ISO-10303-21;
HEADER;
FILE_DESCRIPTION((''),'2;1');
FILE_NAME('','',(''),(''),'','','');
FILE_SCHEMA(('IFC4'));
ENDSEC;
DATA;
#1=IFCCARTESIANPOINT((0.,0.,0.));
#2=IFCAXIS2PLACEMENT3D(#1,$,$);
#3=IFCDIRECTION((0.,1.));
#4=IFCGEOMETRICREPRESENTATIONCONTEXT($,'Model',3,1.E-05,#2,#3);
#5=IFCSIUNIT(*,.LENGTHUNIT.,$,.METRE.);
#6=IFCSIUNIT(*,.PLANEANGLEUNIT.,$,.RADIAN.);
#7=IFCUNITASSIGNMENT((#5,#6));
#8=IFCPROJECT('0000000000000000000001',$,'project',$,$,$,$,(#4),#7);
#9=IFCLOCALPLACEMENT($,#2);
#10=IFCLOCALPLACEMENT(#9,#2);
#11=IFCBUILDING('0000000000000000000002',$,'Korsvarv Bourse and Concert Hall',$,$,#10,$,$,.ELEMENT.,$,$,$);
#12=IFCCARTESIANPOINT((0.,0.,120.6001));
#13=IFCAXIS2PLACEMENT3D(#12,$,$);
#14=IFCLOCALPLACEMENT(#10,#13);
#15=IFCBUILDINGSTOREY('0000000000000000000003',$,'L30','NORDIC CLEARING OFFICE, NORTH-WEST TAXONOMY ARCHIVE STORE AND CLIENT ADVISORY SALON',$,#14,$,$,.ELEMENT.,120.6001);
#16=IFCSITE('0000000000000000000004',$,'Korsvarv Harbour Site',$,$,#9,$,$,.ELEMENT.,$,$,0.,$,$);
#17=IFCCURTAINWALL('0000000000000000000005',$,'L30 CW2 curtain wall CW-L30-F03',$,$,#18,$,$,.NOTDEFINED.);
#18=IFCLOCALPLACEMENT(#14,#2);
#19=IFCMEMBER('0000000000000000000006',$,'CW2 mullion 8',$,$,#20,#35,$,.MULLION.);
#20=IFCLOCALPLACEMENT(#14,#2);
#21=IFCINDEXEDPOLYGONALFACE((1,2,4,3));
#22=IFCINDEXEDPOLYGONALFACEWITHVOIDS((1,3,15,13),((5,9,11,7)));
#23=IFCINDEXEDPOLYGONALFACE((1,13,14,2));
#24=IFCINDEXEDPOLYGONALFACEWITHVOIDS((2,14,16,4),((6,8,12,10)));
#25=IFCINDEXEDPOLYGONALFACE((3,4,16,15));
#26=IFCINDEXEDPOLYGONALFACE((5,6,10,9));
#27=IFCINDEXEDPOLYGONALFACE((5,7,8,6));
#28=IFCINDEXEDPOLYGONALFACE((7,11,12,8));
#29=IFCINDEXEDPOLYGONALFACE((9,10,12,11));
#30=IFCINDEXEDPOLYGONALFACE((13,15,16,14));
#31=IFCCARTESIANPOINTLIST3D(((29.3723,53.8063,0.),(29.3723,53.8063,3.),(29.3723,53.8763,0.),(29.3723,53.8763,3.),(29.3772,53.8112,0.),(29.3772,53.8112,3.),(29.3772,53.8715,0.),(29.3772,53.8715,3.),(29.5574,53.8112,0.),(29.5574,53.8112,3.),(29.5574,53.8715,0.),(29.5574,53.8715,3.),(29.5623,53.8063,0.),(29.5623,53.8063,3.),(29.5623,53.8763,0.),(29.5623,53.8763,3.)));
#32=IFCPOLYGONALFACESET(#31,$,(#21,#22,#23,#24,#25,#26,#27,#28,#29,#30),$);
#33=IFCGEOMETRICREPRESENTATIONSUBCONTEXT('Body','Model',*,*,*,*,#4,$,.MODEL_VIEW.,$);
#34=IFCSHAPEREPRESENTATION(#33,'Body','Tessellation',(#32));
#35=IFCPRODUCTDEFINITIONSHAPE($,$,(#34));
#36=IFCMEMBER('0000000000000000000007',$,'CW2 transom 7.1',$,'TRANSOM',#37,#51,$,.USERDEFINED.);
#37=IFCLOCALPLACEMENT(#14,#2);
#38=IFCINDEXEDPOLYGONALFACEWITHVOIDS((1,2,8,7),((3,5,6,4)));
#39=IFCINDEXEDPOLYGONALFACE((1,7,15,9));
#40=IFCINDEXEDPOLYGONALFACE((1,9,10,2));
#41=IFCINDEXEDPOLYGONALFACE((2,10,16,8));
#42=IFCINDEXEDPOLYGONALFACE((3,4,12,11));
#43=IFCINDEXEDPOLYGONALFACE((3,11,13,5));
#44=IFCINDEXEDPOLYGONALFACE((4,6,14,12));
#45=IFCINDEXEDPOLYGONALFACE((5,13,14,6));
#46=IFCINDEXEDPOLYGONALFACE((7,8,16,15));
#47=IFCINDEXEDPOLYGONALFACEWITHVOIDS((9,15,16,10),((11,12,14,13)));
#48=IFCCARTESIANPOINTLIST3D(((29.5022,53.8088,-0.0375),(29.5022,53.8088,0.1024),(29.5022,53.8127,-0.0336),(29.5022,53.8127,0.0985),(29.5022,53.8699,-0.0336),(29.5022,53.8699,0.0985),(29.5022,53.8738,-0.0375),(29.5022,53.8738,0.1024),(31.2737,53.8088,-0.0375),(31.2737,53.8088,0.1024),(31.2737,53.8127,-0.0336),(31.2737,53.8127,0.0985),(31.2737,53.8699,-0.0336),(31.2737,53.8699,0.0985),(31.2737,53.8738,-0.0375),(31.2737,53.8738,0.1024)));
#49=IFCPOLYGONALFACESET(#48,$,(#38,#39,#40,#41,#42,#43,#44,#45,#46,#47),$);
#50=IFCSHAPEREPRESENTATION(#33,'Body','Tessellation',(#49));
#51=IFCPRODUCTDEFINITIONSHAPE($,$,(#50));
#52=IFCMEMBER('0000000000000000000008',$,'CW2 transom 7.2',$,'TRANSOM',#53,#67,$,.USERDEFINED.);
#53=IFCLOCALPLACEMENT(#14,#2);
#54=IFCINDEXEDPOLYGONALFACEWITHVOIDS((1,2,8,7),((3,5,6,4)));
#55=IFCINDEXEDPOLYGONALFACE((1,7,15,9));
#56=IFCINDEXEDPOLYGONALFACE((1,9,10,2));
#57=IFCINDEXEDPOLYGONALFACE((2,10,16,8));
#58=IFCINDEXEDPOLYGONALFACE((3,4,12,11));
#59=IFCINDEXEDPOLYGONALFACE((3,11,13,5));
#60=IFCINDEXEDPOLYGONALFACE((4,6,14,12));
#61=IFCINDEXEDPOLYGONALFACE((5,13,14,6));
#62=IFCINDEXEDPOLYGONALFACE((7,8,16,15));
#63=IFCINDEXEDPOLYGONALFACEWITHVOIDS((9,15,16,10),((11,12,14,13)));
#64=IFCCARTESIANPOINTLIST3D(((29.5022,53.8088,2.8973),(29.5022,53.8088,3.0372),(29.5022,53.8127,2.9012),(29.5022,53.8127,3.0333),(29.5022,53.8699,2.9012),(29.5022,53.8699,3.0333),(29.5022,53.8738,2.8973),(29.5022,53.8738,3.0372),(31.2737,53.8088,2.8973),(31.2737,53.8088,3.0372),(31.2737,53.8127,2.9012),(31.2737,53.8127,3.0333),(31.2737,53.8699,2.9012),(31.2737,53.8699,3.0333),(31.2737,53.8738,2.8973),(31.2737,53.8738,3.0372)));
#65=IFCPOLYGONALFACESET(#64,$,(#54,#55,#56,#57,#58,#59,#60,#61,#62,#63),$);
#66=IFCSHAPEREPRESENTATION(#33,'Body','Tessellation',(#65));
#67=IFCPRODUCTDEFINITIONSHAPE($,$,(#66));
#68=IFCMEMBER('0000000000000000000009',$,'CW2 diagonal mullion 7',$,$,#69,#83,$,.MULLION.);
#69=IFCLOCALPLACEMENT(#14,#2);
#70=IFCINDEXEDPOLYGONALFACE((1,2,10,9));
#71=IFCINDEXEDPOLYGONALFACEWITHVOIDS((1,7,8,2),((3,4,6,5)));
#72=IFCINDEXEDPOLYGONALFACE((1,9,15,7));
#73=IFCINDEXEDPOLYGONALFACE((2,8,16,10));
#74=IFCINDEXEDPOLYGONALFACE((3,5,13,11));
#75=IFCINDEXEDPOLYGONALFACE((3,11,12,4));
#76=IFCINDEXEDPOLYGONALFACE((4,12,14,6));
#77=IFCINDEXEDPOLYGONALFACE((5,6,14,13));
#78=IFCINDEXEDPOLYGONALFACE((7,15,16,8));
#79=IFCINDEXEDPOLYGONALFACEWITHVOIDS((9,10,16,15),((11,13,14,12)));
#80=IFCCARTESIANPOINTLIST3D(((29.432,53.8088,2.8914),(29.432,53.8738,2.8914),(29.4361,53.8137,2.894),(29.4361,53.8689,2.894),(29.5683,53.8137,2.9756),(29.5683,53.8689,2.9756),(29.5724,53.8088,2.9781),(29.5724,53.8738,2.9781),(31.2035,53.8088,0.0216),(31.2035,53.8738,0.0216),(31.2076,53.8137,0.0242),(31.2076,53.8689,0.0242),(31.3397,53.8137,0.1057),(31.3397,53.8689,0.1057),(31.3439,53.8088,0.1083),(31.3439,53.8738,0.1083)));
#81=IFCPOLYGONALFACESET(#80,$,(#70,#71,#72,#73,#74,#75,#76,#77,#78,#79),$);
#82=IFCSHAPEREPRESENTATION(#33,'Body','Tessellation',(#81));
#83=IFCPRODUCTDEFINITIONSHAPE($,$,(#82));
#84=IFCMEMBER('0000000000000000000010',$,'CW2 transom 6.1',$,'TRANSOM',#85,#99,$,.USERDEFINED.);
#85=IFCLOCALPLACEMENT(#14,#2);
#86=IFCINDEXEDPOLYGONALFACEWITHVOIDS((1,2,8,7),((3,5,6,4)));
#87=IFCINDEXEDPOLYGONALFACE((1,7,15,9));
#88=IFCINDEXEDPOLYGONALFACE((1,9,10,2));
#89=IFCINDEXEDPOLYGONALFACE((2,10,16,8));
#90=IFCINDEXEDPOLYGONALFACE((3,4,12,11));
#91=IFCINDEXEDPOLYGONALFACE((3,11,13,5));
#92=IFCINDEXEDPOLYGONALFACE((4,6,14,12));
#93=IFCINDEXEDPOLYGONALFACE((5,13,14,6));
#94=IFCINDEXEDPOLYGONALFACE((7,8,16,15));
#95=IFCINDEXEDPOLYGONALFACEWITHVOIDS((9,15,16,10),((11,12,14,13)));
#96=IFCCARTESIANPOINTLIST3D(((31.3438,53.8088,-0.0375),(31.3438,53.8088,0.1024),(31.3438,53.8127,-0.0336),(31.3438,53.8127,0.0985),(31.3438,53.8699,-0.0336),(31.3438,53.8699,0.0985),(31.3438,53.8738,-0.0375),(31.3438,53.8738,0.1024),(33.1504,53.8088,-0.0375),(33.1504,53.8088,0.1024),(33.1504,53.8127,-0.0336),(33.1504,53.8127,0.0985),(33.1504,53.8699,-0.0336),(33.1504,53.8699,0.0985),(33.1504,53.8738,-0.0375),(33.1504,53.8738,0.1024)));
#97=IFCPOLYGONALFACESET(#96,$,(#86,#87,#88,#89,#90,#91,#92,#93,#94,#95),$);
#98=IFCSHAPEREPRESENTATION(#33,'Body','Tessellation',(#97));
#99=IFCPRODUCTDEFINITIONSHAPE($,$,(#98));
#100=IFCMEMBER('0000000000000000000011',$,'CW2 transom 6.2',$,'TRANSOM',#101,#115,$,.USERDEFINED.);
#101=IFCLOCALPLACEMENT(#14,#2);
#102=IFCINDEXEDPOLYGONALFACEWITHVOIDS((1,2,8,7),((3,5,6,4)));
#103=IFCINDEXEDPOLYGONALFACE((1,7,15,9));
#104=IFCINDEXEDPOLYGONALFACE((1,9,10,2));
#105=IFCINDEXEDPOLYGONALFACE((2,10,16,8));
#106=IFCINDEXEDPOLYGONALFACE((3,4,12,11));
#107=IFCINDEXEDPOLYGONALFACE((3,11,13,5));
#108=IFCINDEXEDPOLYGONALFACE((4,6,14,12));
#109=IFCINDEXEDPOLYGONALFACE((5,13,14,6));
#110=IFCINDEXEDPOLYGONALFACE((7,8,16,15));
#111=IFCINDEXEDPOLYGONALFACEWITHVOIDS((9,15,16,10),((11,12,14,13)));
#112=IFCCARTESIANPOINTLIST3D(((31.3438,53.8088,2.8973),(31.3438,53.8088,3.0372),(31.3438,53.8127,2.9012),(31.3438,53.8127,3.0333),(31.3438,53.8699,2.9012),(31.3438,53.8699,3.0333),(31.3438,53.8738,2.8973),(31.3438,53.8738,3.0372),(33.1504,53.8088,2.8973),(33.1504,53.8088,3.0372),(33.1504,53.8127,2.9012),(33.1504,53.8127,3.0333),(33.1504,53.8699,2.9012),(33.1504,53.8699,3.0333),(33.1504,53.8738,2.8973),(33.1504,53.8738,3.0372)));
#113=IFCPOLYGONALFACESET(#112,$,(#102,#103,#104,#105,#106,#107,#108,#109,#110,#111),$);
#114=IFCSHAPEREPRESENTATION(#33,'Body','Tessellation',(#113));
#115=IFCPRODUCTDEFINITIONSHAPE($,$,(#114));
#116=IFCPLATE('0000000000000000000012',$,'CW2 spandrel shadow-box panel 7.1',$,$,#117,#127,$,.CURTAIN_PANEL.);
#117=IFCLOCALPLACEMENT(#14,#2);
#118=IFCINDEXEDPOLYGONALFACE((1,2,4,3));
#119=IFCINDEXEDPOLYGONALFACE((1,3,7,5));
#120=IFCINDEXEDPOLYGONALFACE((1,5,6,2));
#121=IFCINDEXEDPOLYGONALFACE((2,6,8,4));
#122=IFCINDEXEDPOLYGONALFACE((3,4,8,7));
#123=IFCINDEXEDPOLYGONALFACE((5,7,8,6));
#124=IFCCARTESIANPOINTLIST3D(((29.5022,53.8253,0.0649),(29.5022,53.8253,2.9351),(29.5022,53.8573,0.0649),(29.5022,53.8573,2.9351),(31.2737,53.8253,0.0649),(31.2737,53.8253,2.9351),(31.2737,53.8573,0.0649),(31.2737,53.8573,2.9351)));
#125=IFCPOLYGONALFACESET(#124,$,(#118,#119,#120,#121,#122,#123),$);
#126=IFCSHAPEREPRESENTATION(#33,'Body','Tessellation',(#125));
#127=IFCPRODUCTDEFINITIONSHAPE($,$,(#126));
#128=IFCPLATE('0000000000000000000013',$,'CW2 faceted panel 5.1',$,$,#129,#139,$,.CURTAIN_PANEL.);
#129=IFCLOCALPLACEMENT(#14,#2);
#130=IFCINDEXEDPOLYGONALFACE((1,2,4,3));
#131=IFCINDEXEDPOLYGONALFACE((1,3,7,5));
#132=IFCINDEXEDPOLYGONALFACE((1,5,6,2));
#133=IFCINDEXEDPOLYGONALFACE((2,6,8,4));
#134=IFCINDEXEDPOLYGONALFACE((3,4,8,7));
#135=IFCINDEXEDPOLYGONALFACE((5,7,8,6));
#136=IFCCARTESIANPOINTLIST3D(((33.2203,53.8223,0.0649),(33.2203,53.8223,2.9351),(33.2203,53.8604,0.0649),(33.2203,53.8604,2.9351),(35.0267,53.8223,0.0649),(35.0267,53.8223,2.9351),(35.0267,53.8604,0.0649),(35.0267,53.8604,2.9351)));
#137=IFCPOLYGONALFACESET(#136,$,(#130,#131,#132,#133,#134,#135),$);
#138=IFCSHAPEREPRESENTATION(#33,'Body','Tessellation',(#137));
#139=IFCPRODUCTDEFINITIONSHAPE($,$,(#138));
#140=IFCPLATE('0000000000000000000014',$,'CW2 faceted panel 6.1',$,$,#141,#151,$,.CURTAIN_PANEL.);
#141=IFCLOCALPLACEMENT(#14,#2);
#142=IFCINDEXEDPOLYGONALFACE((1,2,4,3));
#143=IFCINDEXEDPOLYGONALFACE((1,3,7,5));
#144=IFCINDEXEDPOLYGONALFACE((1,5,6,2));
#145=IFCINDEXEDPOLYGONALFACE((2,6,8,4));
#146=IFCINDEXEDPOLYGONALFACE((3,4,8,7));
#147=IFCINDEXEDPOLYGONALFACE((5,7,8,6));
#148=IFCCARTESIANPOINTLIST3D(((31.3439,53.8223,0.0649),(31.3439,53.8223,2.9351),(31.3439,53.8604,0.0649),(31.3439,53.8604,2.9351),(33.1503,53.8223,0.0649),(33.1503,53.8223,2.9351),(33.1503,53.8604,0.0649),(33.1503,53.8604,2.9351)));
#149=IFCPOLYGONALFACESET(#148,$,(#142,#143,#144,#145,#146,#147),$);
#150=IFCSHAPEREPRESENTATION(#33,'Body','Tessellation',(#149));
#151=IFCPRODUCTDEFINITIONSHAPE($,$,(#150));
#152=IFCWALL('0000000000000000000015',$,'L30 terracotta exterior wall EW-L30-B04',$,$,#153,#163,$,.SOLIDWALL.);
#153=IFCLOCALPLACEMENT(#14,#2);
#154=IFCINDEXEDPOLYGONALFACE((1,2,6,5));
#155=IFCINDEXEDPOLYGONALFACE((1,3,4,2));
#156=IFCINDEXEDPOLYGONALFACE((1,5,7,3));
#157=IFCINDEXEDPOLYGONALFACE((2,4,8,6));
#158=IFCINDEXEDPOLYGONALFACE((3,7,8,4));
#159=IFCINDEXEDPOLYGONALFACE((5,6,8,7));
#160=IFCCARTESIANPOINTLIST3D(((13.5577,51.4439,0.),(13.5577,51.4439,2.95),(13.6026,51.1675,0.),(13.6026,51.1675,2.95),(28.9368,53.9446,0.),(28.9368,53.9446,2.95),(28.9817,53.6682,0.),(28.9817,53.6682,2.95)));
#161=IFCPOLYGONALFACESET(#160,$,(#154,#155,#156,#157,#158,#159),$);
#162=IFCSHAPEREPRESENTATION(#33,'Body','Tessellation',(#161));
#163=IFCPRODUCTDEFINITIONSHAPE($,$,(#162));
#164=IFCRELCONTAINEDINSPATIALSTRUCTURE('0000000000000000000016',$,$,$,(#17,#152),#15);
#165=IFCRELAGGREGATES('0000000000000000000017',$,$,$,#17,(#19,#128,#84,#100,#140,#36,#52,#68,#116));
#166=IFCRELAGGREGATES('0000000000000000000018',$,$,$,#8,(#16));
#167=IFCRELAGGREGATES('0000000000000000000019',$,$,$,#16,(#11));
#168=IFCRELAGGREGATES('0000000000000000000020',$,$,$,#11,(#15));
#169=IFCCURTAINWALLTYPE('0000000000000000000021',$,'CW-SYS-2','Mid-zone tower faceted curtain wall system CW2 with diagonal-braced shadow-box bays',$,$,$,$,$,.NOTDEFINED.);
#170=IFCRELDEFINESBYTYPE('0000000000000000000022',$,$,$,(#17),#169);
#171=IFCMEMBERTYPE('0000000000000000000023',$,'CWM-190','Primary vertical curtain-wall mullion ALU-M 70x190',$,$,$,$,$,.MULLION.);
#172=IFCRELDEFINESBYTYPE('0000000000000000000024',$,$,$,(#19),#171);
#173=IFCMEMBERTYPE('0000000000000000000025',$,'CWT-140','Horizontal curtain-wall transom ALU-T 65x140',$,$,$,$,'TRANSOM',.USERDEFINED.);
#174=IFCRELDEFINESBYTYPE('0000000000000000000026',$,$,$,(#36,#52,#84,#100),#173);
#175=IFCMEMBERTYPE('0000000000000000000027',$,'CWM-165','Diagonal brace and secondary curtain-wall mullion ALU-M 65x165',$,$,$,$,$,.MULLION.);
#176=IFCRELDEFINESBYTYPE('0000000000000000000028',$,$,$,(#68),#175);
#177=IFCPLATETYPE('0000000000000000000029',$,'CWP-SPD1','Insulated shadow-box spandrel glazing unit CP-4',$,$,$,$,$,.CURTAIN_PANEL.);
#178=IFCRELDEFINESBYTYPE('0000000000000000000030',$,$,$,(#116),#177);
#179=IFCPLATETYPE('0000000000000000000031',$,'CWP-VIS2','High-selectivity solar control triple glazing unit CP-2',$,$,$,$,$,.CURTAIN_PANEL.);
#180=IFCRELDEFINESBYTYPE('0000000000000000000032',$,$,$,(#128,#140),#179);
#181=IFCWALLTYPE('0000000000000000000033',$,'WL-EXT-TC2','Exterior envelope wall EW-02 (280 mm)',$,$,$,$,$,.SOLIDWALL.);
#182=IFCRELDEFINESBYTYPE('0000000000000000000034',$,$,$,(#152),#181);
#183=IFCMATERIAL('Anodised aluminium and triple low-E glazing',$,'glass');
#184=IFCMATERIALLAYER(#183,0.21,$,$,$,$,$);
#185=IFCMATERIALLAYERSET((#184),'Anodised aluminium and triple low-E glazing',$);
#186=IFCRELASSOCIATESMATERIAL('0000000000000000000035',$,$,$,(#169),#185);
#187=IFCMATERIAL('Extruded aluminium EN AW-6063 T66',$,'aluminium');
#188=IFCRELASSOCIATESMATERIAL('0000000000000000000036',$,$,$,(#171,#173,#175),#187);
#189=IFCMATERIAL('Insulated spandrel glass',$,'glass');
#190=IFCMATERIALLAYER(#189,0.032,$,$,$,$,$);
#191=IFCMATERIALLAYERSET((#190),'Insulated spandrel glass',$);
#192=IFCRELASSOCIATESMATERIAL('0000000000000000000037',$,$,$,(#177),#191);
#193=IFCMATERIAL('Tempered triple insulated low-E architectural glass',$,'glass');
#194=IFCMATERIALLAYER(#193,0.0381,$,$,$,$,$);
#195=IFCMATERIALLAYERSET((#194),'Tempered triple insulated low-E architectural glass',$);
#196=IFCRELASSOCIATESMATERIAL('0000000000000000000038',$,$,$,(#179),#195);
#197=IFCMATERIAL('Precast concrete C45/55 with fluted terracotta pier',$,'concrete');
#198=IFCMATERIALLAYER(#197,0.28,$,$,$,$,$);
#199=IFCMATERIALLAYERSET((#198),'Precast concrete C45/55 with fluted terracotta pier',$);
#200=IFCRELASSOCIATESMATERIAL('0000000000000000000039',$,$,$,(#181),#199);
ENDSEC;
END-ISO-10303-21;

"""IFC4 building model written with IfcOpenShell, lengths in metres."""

from ifc_helpers import new_model, si_unit, direction, frame, frame_2d, origin, origin_2d, place, context, subcontext, project, spatial, rectangle, hollow_rectangle, extrude, source, transform, mapped, material, layer, layer_set, material_profile, profile_set, type_object, element, aggregate, save


model = new_model("IFC4")

# Units and contexts
model_context = context("Model", 3, precision=1e-05, world=origin(), true_north=direction((0.0, 1.0)))
body_context = subcontext(model_context, "Body", "Model", "MODEL_VIEW")
ifc_project = project(units=[si_unit("LENGTHUNIT", "METRE"), si_unit("PLANEANGLEUNIT", "RADIAN")], contexts=[model_context])

# Site, building, storey
site_placement = place(None, origin())
site = spatial("IfcSite", under=ifc_project, at=site_placement, Name="Korsvarv Harbour Site", CompositionType="ELEMENT", RefElevation=0.0)
building_placement = place(site_placement, origin())
building = spatial("IfcBuilding", under=site, at=building_placement, Name="Korsvarv Bourse and Concert Hall", CompositionType="ELEMENT")
storey_placement = place(building_placement, frame((0.0, 0.0, 120.6001)))
storey = spatial("IfcBuildingStorey", under=building, at=storey_placement, Name="L30", Description="NORDIC CLEARING OFFICE, NORTH-WEST TAXONOMY ARCHIVE STORE AND CLIENT ADVISORY SALON", CompositionType="ELEMENT", Elevation=120.6001)

# Curtain wall, members, plates
ifc_material_1 = material(Name="Anodised aluminium and triple low-E glazing", Category="glass")
ifc_layer_1 = layer(ifc_material_1, 0.21)
ifc_layer_set_1 = layer_set([ifc_layer_1], Name="Anodised aluminium and triple low-E glazing")
curtain_wall_type = type_object("IfcCurtainWallType", Name="CW-SYS-2", Description="Mid-zone tower faceted curtain wall system CW2 with diagonal-braced shadow-box bays", PredefinedType="NOTDEFINED", material=ifc_layer_set_1)
curtain_wall_placement = place(storey_placement, origin())
curtain_wall = element("IfcCurtainWall", 1, at=curtain_wall_placement, inside=storey, type_object=curtain_wall_type, Name="L30 CW2 curtain wall CW-L30-F03", PredefinedType="NOTDEFINED")
ifc_material_2 = material(Name="Extruded aluminium EN AW-6063 T66", Category="aluminium")
ifc_material_profile_1 = material_profile(ifc_material_2, hollow_rectangle(XDim=0.0701, YDim=0.1899, WallThickness=0.0049, at=origin_2d()), Name="ALU-M 70x190")
ifc_profile_set_1 = profile_set([ifc_material_profile_1], Name="Extruded aluminium EN AW-6063 T66")
member_type_1 = type_object("IfcMemberType", Name="CWM-190", Description="Primary vertical curtain-wall mullion ALU-M 70x190", PredefinedType="MULLION", material=ifc_profile_set_1)
shared_shape_1 = source(origin(), body_context, "Body", "SweptSolid", [
    extrude(hollow_rectangle(XDim=0.0701, YDim=0.1899, WallThickness=0.0049, at=origin_2d()), origin(), (0.0, 0.0, 1.0), 3.0),
])
member_1_placement = place(storey_placement, frame((29.4673, 53.8413, 0.0), z_axis=(0.0, 0.0, 1.0), x_axis=(0.0, -1.0, 0.0)))
member_1 = element("IfcMember", 2, at=member_1_placement, type_object=member_type_1, Name="CW2 mullion 8", PredefinedType="MULLION", context=body_context, shape_type="MappedRepresentation", body=[
    mapped(shared_shape_1, transform((0.0, 0.0, 0.0), scale=1.0)),
])
ifc_material_profile_2 = material_profile(ifc_material_2, hollow_rectangle(XDim=0.0649, YDim=0.1399, WallThickness=0.0039, at=origin_2d()), Name="ALU-T 65x140")
ifc_profile_set_2 = profile_set([ifc_material_profile_2], Name="Extruded aluminium EN AW-6063 T66")
member_type_2 = type_object("IfcMemberType", Name="CWT-140", Description="Horizontal curtain-wall transom ALU-T 65x140", ElementType="TRANSOM", PredefinedType="USERDEFINED", material=ifc_profile_set_2)
shared_shape_2 = source(origin(), body_context, "Body", "SweptSolid", [
    extrude(hollow_rectangle(XDim=0.0649, YDim=0.1399, WallThickness=0.0039, at=origin_2d()), origin(), (0.0, 0.0, 1.0), 1.7715),
])
member_2_placement = place(storey_placement, frame((31.2737, 53.8413, 0.0325), z_axis=(-1.0, 0.0, 0.0), x_axis=(0.0, -1.0, 0.0)))
member_2 = element("IfcMember", 3, at=member_2_placement, type_object=member_type_2, Name="CW2 transom 7.1", ObjectType="TRANSOM", PredefinedType="USERDEFINED", context=body_context, shape_type="MappedRepresentation", body=[
    mapped(shared_shape_2, transform((0.0, 0.0, 0.0), scale=1.0)),
])
member_3_placement = place(storey_placement, frame((31.2737, 53.8413, 2.9673), z_axis=(-1.0, 0.0, 0.0), x_axis=(0.0, -1.0, 0.0)))
member_3 = element("IfcMember", 4, at=member_3_placement, type_object=member_type_2, Name="CW2 transom 7.2", ObjectType="TRANSOM", PredefinedType="USERDEFINED", context=body_context, shape_type="MappedRepresentation", body=[
    mapped(shared_shape_2, transform((0.0, 0.0, 0.0), scale=1.0)),
])
ifc_material_profile_3 = material_profile(ifc_material_2, hollow_rectangle(XDim=0.0649, YDim=0.165, WallThickness=0.0049, at=origin_2d()), Name="ALU-M 65x165")
ifc_profile_set_3 = profile_set([ifc_material_profile_3], Name="Extruded aluminium EN AW-6063 T66")
member_type_3 = type_object("IfcMemberType", Name="CWM-165", Description="Diagonal brace and secondary curtain-wall mullion ALU-M 65x165", PredefinedType="MULLION", material=ifc_profile_set_3)
shared_shape_3 = source(origin(), body_context, "Body", "SweptSolid", [
    extrude(hollow_rectangle(XDim=0.0649, YDim=0.165, WallThickness=0.0049, at=origin_2d()), origin(), (0.0, 0.0, 1.0), 3.3726),
])
member_4_placement = place(storey_placement, frame((31.2737, 53.8413, 0.0649), z_axis=(-0.52526, 0.0, 0.850942), x_axis=(0.0, -1.0, 0.0)))
member_4 = element("IfcMember", 5, at=member_4_placement, type_object=member_type_3, Name="CW2 diagonal mullion 7", PredefinedType="MULLION", context=body_context, shape_type="MappedRepresentation", body=[
    mapped(shared_shape_3, transform((0.0, 0.0, 0.0), scale=1.0)),
])
shared_shape_4 = source(origin(), body_context, "Body", "SweptSolid", [
    extrude(hollow_rectangle(XDim=0.0649, YDim=0.1399, WallThickness=0.0039, at=origin_2d()), origin(), (0.0, 0.0, 1.0), 1.8066),
])
member_5_placement = place(storey_placement, frame((33.1504, 53.8413, 0.0325), z_axis=(-1.0, 0.0, 0.0), x_axis=(0.0, -1.0, 0.0)))
member_5 = element("IfcMember", 6, at=member_5_placement, type_object=member_type_2, Name="CW2 transom 6.1", ObjectType="TRANSOM", PredefinedType="USERDEFINED", context=body_context, shape_type="MappedRepresentation", body=[
    mapped(shared_shape_4, transform((0.0, 0.0, 0.0), scale=1.0)),
])
member_6_placement = place(storey_placement, frame((33.1504, 53.8413, 2.9673), z_axis=(-1.0, 0.0, 0.0), x_axis=(0.0, -1.0, 0.0)))
member_6 = element("IfcMember", 7, at=member_6_placement, type_object=member_type_2, Name="CW2 transom 6.2", ObjectType="TRANSOM", PredefinedType="USERDEFINED", context=body_context, shape_type="MappedRepresentation", body=[
    mapped(shared_shape_4, transform((0.0, 0.0, 0.0), scale=1.0)),
])
ifc_material_3 = material(Name="Insulated spandrel glass", Category="glass")
ifc_layer_2 = layer(ifc_material_3, 0.032)
ifc_layer_set_2 = layer_set([ifc_layer_2], Name="Insulated spandrel glass")
plate_type_1 = type_object("IfcPlateType", Name="CWP-SPD1", Description="Insulated shadow-box spandrel glazing unit CP-4", PredefinedType="CURTAIN_PANEL", material=ifc_layer_set_2)
shared_shape_5 = source(origin(), body_context, "Body", "SweptSolid", [
    extrude(rectangle(XDim=1.7715, YDim=0.032, at=origin_2d()), origin(), (0.0, 0.0, 1.0), 2.8701),
])
plate_1_placement = place(storey_placement, frame((30.3879, 53.8413, 0.0649), z_axis=(0.0, 0.0, 1.0), x_axis=(-1.0, 0.0, 0.0)))
plate_1 = element("IfcPlate", 8, at=plate_1_placement, type_object=plate_type_1, Name="CW2 spandrel shadow-box panel 7.1", PredefinedType="CURTAIN_PANEL", context=body_context, shape_type="MappedRepresentation", body=[
    mapped(shared_shape_5, transform((0.0, 0.0, 0.0), scale=1.0)),
])
ifc_material_4 = material(Name="Tempered triple insulated low-E architectural glass", Category="glass")
ifc_layer_3 = layer(ifc_material_4, 0.0381)
ifc_layer_set_3 = layer_set([ifc_layer_3], Name="Tempered triple insulated low-E architectural glass")
plate_type_2 = type_object("IfcPlateType", Name="CWP-VIS2", Description="High-selectivity solar control triple glazing unit CP-2", PredefinedType="CURTAIN_PANEL", material=ifc_layer_set_3)
shared_shape_6 = source(origin(), body_context, "Body", "SweptSolid", [
    extrude(rectangle(XDim=1.8064, YDim=0.0381, at=origin_2d()), origin(), (0.0, 0.0, 1.0), 2.8701),
])
plate_2_placement = place(storey_placement, frame((34.1235, 53.8413, 0.0649), z_axis=(0.0, 0.0, 1.0), x_axis=(-1.0, 0.0, 0.0)))
plate_2 = element("IfcPlate", 9, at=plate_2_placement, type_object=plate_type_2, Name="CW2 faceted panel 5.1", PredefinedType="CURTAIN_PANEL", context=body_context, shape_type="MappedRepresentation", body=[
    mapped(shared_shape_6, transform((0.0, 0.0, 0.0), scale=1.0)),
])
plate_3_placement = place(storey_placement, frame((32.2471, 53.8413, 0.0649), z_axis=(0.0, 0.0, 1.0), x_axis=(-1.0, 0.0, 0.0)))
plate_3 = element("IfcPlate", 10, at=plate_3_placement, type_object=plate_type_2, Name="CW2 faceted panel 6.1", PredefinedType="CURTAIN_PANEL", context=body_context, shape_type="MappedRepresentation", body=[
    mapped(shared_shape_6, transform((0.0, 0.0, 0.0), scale=1.0)),
])
aggregate(curtain_wall, [member_1, plate_2, member_5, member_6, plate_3, member_2, member_3, member_4, plate_1])

# Wall
ifc_material_5 = material(Name="Precast concrete C45/55 with fluted terracotta pier", Category="concrete")
ifc_layer_4 = layer(ifc_material_5, 0.28)
ifc_layer_set_4 = layer_set([ifc_layer_4], Name="Precast concrete C45/55 with fluted terracotta pier")
wall_type_1 = type_object("IfcWallType", Name="WL-EXT-TC2", Description="Exterior envelope wall EW-02 (280 mm)", PredefinedType="SOLIDWALL", material=ifc_layer_set_4)
wall_1_placement = place(storey_placement, frame((28.9592, 53.8064, 0.0), z_axis=(0.0, 0.0, 1.0), x_axis=(-0.987036, -0.160497, 0.0)))
element("IfcWall", 11, at=wall_1_placement, inside=storey, type_object=wall_type_1, Name="L30 terracotta exterior wall EW-L30-B04", PredefinedType="SOLIDWALL", context=body_context, shape_type="SweptSolid", body=[
    extrude(rectangle(XDim=15.5811, YDim=0.28, at=frame_2d((7.7905, 0.0))), origin(), (0.0, 0.0, 1.0), 2.95),
])

save(model, "model.ifc")
